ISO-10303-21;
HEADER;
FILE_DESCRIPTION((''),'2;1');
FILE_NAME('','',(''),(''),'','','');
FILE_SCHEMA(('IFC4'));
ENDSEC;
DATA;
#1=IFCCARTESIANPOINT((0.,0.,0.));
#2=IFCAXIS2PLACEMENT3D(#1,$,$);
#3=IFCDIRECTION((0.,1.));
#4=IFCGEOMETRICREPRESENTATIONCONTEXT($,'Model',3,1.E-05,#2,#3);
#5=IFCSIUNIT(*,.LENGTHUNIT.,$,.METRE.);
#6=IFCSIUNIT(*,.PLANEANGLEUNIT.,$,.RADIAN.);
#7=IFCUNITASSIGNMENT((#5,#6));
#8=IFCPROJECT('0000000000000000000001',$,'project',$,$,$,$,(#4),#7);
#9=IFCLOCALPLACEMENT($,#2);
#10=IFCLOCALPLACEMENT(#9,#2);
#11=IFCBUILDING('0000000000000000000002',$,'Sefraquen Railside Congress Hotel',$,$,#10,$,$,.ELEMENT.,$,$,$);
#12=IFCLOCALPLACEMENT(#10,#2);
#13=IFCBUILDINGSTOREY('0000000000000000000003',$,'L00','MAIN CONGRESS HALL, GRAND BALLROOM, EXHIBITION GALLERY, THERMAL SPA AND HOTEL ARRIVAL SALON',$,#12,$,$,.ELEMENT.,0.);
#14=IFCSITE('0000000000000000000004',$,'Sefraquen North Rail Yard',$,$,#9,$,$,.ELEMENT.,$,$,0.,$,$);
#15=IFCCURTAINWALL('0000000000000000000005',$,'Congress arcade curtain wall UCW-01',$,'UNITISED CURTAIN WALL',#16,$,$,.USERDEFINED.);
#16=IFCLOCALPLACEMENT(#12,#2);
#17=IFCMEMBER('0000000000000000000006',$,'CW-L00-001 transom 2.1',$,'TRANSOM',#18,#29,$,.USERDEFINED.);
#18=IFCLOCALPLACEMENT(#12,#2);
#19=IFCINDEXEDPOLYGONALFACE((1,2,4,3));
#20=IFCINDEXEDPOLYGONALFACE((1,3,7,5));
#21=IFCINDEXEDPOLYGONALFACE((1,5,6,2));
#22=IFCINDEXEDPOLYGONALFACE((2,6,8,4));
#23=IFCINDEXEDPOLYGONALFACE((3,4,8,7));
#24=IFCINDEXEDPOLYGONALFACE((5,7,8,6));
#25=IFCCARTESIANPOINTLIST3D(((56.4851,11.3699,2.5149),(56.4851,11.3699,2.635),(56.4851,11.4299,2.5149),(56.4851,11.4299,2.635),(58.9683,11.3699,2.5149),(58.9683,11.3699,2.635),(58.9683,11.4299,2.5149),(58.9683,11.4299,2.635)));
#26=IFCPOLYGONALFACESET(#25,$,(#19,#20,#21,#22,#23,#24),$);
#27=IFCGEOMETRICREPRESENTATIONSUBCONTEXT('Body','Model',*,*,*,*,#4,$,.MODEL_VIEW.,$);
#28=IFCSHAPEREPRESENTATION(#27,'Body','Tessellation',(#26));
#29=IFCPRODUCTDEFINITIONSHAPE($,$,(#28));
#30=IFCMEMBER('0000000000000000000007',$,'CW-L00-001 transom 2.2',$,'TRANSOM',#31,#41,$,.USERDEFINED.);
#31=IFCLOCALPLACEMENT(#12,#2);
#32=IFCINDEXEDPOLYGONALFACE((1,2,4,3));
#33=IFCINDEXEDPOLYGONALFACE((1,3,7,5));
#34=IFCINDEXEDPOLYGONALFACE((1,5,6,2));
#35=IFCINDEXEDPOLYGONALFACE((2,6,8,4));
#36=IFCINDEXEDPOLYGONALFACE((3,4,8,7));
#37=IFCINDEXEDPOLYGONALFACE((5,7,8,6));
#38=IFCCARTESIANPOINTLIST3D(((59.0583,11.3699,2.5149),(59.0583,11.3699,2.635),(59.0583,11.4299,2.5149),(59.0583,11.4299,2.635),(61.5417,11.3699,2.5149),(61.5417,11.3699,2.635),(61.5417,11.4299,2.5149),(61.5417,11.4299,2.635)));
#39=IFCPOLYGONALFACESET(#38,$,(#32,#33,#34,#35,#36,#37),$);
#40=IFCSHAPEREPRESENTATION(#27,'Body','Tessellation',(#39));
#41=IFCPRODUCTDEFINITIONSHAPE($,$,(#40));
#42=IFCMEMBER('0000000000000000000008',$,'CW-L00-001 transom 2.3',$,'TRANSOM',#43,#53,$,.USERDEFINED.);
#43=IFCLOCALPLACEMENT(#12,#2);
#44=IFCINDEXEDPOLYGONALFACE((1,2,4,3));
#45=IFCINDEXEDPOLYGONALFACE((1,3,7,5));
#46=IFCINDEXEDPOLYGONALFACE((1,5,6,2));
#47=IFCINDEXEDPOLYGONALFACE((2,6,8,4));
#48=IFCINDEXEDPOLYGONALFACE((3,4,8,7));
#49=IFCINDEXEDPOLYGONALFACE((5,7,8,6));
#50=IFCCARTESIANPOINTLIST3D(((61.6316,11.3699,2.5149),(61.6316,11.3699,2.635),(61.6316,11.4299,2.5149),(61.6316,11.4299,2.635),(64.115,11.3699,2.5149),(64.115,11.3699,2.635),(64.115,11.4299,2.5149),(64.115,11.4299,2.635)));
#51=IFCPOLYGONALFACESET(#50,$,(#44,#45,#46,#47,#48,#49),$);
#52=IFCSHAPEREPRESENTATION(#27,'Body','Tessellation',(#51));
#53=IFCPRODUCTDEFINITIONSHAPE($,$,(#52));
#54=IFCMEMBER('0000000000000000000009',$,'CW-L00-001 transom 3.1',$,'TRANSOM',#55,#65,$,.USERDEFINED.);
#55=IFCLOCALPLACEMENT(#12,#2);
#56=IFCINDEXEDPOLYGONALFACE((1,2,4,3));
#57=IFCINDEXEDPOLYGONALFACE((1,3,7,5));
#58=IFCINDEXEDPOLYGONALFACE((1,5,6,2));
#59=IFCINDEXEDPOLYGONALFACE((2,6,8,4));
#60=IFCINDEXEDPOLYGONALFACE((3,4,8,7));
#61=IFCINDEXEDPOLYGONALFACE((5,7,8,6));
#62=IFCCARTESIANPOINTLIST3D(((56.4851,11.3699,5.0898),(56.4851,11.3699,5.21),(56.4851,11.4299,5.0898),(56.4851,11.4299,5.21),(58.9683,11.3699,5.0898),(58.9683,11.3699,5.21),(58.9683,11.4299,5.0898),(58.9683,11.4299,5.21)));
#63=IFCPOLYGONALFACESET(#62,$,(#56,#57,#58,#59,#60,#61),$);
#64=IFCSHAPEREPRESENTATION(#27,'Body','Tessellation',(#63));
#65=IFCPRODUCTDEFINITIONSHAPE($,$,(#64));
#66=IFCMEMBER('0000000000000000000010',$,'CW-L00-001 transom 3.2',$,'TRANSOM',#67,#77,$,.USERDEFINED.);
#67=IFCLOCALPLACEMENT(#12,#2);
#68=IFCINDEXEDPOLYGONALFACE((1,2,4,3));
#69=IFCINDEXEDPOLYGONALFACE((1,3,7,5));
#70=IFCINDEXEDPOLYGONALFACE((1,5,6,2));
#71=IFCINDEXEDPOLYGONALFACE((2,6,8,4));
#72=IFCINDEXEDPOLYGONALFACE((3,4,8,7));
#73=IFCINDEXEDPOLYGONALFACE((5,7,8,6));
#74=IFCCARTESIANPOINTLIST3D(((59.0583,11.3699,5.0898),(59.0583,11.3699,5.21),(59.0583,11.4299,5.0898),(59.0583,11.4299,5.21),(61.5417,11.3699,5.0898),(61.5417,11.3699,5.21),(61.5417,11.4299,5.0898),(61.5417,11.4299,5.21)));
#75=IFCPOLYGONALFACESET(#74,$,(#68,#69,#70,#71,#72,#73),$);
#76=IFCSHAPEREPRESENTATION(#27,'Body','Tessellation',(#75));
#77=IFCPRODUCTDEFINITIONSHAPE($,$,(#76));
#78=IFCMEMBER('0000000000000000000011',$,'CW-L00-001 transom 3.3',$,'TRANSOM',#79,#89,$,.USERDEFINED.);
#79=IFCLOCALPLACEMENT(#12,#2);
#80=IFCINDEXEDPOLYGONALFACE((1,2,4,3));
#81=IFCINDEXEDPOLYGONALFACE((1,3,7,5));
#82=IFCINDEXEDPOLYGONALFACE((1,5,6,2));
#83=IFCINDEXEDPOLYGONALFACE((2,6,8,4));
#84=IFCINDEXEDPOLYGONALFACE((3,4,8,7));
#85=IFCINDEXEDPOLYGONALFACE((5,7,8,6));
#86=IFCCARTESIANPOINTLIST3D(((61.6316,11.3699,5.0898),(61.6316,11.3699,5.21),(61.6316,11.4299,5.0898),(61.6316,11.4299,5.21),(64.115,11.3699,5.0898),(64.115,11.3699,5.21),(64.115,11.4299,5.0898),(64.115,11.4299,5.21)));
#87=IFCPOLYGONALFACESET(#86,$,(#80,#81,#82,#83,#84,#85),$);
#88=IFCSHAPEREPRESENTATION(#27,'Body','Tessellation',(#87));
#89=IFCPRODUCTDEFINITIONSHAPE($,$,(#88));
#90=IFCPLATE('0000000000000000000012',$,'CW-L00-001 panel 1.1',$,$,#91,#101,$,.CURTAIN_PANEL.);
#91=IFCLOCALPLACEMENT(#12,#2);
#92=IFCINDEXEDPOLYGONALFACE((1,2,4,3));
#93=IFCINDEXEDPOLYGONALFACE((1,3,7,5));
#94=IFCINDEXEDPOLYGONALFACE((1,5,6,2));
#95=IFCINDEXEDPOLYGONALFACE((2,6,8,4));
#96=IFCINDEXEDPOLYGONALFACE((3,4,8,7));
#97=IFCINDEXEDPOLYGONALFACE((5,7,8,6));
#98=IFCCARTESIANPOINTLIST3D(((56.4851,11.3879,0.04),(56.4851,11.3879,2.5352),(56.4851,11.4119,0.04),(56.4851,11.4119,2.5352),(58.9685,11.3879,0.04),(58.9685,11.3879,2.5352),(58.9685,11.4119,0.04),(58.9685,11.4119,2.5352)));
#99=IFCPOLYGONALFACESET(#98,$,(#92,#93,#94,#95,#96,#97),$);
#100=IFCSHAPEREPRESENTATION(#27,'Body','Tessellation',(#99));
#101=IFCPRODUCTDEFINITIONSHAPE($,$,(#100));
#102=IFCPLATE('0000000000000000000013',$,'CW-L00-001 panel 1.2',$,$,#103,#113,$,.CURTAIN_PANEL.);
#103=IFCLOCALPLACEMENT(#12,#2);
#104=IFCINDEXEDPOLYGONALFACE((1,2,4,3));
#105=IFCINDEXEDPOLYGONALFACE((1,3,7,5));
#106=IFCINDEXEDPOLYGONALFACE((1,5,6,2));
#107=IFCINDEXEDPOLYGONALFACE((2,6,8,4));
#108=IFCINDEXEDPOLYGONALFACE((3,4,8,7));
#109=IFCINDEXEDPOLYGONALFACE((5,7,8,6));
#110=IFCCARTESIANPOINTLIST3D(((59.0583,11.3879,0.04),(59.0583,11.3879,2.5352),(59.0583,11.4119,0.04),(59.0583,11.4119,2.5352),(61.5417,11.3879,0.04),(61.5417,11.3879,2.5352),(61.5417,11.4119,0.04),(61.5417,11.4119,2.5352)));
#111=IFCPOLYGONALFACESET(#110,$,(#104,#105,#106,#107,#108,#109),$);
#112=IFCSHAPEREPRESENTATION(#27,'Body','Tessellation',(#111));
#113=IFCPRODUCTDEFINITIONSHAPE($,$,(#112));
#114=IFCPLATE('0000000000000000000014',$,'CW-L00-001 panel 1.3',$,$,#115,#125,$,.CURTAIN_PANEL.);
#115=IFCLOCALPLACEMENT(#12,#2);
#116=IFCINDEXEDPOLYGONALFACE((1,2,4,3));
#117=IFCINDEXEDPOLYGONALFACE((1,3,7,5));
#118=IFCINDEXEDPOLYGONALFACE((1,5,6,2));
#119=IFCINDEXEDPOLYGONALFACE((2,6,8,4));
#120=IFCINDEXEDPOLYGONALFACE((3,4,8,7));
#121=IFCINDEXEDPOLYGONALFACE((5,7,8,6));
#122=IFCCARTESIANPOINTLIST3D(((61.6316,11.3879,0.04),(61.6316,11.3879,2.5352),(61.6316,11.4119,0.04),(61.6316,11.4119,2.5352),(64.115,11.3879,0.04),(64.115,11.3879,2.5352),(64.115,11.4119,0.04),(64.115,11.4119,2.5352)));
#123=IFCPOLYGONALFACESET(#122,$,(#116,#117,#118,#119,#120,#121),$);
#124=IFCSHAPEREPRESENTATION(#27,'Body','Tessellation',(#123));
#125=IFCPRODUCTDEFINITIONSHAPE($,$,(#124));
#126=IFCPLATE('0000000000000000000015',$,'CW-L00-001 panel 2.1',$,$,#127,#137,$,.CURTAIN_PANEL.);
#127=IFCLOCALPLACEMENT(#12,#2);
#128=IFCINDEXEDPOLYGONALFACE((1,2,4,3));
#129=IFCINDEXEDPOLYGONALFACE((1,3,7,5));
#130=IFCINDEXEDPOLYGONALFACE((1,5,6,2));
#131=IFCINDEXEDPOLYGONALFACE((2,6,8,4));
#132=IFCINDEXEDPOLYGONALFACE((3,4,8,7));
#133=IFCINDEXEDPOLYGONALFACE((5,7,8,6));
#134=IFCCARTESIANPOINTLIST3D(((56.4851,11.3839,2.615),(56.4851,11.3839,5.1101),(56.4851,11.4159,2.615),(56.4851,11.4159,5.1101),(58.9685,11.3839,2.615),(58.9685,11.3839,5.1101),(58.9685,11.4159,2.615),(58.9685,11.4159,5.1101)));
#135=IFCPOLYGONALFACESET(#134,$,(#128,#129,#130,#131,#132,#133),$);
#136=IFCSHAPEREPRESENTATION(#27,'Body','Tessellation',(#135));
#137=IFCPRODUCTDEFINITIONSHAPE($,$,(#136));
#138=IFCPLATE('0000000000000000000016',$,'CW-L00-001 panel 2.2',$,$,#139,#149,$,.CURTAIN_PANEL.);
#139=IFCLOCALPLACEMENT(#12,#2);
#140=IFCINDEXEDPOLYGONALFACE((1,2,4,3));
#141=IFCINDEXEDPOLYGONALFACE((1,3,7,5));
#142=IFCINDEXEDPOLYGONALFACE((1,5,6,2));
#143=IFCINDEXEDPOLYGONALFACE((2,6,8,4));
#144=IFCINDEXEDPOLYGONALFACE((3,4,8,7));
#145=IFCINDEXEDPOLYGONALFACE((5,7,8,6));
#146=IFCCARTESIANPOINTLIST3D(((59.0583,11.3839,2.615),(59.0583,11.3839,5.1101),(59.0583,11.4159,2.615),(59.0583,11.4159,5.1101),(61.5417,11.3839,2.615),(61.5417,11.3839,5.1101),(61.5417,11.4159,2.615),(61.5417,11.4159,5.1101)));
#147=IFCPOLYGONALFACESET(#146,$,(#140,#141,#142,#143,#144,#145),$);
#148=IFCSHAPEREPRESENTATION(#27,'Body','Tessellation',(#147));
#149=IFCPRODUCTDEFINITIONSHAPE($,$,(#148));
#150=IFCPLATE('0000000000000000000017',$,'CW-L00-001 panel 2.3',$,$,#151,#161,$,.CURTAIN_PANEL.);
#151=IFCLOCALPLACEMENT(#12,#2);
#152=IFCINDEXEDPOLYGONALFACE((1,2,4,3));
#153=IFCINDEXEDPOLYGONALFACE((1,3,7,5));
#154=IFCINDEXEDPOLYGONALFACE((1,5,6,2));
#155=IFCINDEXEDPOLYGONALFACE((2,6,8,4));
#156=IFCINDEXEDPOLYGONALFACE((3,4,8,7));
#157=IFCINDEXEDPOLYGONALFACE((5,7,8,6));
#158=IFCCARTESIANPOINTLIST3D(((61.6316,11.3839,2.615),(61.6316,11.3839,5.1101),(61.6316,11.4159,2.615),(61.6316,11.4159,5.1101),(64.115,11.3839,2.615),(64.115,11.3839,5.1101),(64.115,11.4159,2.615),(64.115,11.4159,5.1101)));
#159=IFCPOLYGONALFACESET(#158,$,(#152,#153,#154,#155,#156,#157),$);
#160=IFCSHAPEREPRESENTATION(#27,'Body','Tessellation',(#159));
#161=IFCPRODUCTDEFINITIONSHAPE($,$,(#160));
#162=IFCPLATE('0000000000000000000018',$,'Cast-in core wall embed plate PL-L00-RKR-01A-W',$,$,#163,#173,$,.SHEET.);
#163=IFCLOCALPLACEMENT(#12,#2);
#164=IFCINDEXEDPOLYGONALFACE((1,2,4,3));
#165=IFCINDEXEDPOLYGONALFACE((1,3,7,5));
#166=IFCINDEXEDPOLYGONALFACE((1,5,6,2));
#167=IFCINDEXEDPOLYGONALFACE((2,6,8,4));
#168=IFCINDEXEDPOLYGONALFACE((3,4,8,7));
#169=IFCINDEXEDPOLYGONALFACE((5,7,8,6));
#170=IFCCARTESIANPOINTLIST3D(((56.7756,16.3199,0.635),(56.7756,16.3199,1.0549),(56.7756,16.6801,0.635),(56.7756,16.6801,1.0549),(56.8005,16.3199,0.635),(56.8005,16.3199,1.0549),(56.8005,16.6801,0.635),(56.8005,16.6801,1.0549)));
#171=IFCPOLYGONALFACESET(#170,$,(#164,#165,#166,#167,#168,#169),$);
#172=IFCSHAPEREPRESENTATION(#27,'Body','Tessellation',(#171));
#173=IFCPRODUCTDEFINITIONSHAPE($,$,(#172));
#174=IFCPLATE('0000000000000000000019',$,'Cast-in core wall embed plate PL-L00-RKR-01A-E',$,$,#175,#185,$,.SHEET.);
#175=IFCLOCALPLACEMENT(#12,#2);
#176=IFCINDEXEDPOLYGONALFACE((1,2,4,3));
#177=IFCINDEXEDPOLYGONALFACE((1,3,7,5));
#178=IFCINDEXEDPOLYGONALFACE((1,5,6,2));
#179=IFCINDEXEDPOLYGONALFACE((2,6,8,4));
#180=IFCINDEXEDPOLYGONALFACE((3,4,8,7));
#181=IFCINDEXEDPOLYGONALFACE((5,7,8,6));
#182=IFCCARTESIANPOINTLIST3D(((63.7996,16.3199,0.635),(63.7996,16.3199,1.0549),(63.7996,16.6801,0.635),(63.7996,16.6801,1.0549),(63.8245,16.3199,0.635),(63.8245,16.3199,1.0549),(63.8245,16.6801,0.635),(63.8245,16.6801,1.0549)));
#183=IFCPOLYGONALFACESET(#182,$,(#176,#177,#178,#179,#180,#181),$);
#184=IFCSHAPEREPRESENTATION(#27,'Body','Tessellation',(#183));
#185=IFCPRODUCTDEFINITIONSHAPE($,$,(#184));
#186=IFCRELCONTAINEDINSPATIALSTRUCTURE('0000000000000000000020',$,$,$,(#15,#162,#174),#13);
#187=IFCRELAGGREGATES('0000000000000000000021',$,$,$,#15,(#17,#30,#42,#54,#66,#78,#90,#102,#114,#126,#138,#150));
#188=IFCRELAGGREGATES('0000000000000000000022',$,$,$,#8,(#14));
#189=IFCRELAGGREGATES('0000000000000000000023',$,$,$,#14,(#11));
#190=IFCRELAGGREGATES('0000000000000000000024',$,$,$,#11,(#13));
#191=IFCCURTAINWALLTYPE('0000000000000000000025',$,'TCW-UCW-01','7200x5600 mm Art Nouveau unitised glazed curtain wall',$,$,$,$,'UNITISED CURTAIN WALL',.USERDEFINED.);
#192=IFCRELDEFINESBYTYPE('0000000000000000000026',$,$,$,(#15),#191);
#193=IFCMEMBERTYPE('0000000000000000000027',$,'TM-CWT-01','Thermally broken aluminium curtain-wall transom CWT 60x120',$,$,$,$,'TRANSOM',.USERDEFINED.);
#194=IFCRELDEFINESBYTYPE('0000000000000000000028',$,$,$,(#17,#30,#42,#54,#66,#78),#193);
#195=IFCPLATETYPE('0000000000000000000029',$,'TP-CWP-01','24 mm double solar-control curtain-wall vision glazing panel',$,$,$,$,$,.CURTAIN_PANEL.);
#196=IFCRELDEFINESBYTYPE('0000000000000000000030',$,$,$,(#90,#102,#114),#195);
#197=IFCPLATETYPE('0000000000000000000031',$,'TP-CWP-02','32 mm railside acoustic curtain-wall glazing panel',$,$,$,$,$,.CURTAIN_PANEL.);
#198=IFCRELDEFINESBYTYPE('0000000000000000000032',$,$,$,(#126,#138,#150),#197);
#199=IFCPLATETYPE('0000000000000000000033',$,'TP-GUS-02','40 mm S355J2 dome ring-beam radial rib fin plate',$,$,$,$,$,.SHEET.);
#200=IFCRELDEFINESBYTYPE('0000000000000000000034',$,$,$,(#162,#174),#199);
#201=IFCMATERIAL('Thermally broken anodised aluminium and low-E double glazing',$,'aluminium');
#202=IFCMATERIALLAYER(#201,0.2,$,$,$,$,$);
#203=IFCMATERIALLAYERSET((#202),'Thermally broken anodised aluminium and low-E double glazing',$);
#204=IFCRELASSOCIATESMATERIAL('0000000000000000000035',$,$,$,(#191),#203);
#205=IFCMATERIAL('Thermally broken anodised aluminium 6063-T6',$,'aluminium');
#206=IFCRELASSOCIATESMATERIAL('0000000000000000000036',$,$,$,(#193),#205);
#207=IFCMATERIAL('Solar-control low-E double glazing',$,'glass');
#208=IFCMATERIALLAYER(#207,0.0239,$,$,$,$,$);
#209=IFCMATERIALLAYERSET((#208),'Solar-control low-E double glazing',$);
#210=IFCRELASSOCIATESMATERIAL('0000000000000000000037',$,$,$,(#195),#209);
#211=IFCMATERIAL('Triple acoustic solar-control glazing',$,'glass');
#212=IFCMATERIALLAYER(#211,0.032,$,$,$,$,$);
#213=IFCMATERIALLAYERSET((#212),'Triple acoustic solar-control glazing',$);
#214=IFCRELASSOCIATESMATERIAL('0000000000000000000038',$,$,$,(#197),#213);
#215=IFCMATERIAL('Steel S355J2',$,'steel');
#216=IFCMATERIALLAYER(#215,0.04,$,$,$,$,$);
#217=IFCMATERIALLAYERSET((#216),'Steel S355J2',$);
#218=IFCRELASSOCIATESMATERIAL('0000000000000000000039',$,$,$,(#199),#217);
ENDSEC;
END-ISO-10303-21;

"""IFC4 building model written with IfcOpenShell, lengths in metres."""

from ifc_helpers import new_model, si_unit, direction, frame, origin, origin_2d, place, context, subcontext, project, spatial, rectangle, extrude, material, layer, layer_set, material_profile, profile_set, type_object, element, aggregate, save


model = new_model("IFC4")

# Units and contexts
model_context = context("Model", 3, precision=1e-05, world=origin(), true_north=direction((0.0, 1.0)))
body_context = subcontext(model_context, "Body", "Model", "MODEL_VIEW")
ifc_project = project(units=[si_unit("LENGTHUNIT", "METRE"), si_unit("PLANEANGLEUNIT", "RADIAN")], contexts=[model_context])

# Site, building, storey
site_placement = place(None, origin())
site = spatial("IfcSite", under=ifc_project, at=site_placement, Name="Sefraquen North Rail Yard", CompositionType="ELEMENT", RefElevation=0.0)
building_placement = place(site_placement, origin())
building = spatial("IfcBuilding", under=site, at=building_placement, Name="Sefraquen Railside Congress Hotel", CompositionType="ELEMENT")
storey_placement = place(building_placement, origin())
storey = spatial("IfcBuildingStorey", under=building, at=storey_placement, Name="L00", Description="MAIN CONGRESS HALL, GRAND BALLROOM, EXHIBITION GALLERY, THERMAL SPA AND HOTEL ARRIVAL SALON", CompositionType="ELEMENT", Elevation=0.0)

# Curtain wall, members, plates
ifc_material_1 = material(Name="Thermally broken anodised aluminium and low-E double glazing", Category="aluminium")
ifc_layer_1 = layer(ifc_material_1, 0.2)
ifc_layer_set_1 = layer_set([ifc_layer_1], Name="Thermally broken anodised aluminium and low-E double glazing")
curtain_wall_type = type_object("IfcCurtainWallType", Name="TCW-UCW-01", Description="7200x5600 mm Art Nouveau unitised glazed curtain wall", ElementType="UNITISED CURTAIN WALL", PredefinedType="USERDEFINED", material=ifc_layer_set_1)
curtain_wall_placement = place(storey_placement, origin())
curtain_wall = element("IfcCurtainWall", 1, at=curtain_wall_placement, inside=storey, type_object=curtain_wall_type, Name="Congress arcade curtain wall UCW-01", ObjectType="UNITISED CURTAIN WALL", PredefinedType="USERDEFINED")
ifc_material_2 = material(Name="Thermally broken anodised aluminium 6063-T6", Category="aluminium")
ifc_material_profile_1 = material_profile(ifc_material_2, rectangle(XDim=0.0601, YDim=0.1201, at=origin_2d()), Name="CWT 60x120")
ifc_profile_set_1 = profile_set([ifc_material_profile_1], Name="Thermally broken anodised aluminium 6063-T6")
member_type_1 = type_object("IfcMemberType", Name="TM-CWT-01", Description="Thermally broken aluminium curtain-wall transom CWT 60x120", ElementType="TRANSOM", PredefinedType="USERDEFINED", material=ifc_profile_set_1)
member_1_placement = place(storey_placement, frame((56.4851, 11.3999, 2.575), z_axis=(1.0, 0.0, 0.0), x_axis=(0.0, 1.0, 0.0)))
member_1 = element("IfcMember", 2, at=member_1_placement, type_object=member_type_1, Name="CW-L00-001 transom 2.1", ObjectType="TRANSOM", PredefinedType="USERDEFINED", context=body_context, shape_type="SweptSolid", body=[
    extrude(rectangle(XDim=0.0601, YDim=0.1201, at=origin_2d()), origin(), (0.0, 0.0, 1.0), 2.4832),
])
member_2_placement = place(storey_placement, frame((59.0583, 11.3999, 2.575), z_axis=(1.0, 0.0, 0.0), x_axis=(0.0, 1.0, 0.0)))
member_2 = element("IfcMember", 3, at=member_2_placement, type_object=member_type_1, Name="CW-L00-001 transom 2.2", ObjectType="TRANSOM", PredefinedType="USERDEFINED", context=body_context, shape_type="SweptSolid", body=[
    extrude(rectangle(XDim=0.0601, YDim=0.1201, at=origin_2d()), origin(), (0.0, 0.0, 1.0), 2.4834),
])
member_3_placement = place(storey_placement, frame((61.6316, 11.3999, 2.575), z_axis=(1.0, 0.0, 0.0), x_axis=(0.0, 1.0, 0.0)))
member_3 = element("IfcMember", 4, at=member_3_placement, type_object=member_type_1, Name="CW-L00-001 transom 2.3", ObjectType="TRANSOM", PredefinedType="USERDEFINED", context=body_context, shape_type="SweptSolid", body=[
    extrude(rectangle(XDim=0.0601, YDim=0.1201, at=origin_2d()), origin(), (0.0, 0.0, 1.0), 2.4834),
])
member_4_placement = place(storey_placement, frame((56.4851, 11.3999, 5.1499), z_axis=(1.0, 0.0, 0.0), x_axis=(0.0, 1.0, 0.0)))
member_4 = element("IfcMember", 5, at=member_4_placement, type_object=member_type_1, Name="CW-L00-001 transom 3.1", ObjectType="TRANSOM", PredefinedType="USERDEFINED", context=body_context, shape_type="SweptSolid", body=[
    extrude(rectangle(XDim=0.0601, YDim=0.1201, at=origin_2d()), origin(), (0.0, 0.0, 1.0), 2.4832),
])
member_5_placement = place(storey_placement, frame((59.0583, 11.3999, 5.1499), z_axis=(1.0, 0.0, 0.0), x_axis=(0.0, 1.0, 0.0)))
member_5 = element("IfcMember", 6, at=member_5_placement, type_object=member_type_1, Name="CW-L00-001 transom 3.2", ObjectType="TRANSOM", PredefinedType="USERDEFINED", context=body_context, shape_type="SweptSolid", body=[
    extrude(rectangle(XDim=0.0601, YDim=0.1201, at=origin_2d()), origin(), (0.0, 0.0, 1.0), 2.4834),
])
member_6_placement = place(storey_placement, frame((61.6316, 11.3999, 5.1499), z_axis=(1.0, 0.0, 0.0), x_axis=(0.0, 1.0, 0.0)))
member_6 = element("IfcMember", 7, at=member_6_placement, type_object=member_type_1, Name="CW-L00-001 transom 3.3", ObjectType="TRANSOM", PredefinedType="USERDEFINED", context=body_context, shape_type="SweptSolid", body=[
    extrude(rectangle(XDim=0.0601, YDim=0.1201, at=origin_2d()), origin(), (0.0, 0.0, 1.0), 2.4834),
])
ifc_material_3 = material(Name="Solar-control low-E double glazing", Category="glass")
ifc_layer_2 = layer(ifc_material_3, 0.0239)
ifc_layer_set_2 = layer_set([ifc_layer_2], Name="Solar-control low-E double glazing")
plate_type_1 = type_object("IfcPlateType", Name="TP-CWP-01", Description="24 mm double solar-control curtain-wall vision glazing panel", PredefinedType="CURTAIN_PANEL", material=ifc_layer_set_2)
plate_1_placement = place(storey_placement, frame((57.7268, 11.3999, 0.04), z_axis=(0.0, 0.0, 1.0), x_axis=(1.0, 0.0, 0.0)))
plate_1 = element("IfcPlate", 8, at=plate_1_placement, type_object=plate_type_1, Name="CW-L00-001 panel 1.1", PredefinedType="CURTAIN_PANEL", context=body_context, shape_type="SweptSolid", body=[
    extrude(rectangle(XDim=2.4834, YDim=0.0239, at=origin_2d()), origin(), (0.0, 0.0, 1.0), 2.4951),
])
plate_2_placement = place(storey_placement, frame((60.3, 11.3999, 0.04), z_axis=(0.0, 0.0, 1.0), x_axis=(1.0, 0.0, 0.0)))
plate_2 = element("IfcPlate", 9, at=plate_2_placement, type_object=plate_type_1, Name="CW-L00-001 panel 1.2", PredefinedType="CURTAIN_PANEL", context=body_context, shape_type="SweptSolid", body=[
    extrude(rectangle(XDim=2.4834, YDim=0.0239, at=origin_2d()), origin(), (0.0, 0.0, 1.0), 2.4951),
])
plate_3_placement = place(storey_placement, frame((62.8733, 11.3999, 0.04), z_axis=(0.0, 0.0, 1.0), x_axis=(1.0, 0.0, 0.0)))
plate_3 = element("IfcPlate", 10, at=plate_3_placement, type_object=plate_type_1, Name="CW-L00-001 panel 1.3", PredefinedType="CURTAIN_PANEL", context=body_context, shape_type="SweptSolid", body=[
    extrude(rectangle(XDim=2.4834, YDim=0.0239, at=origin_2d()), origin(), (0.0, 0.0, 1.0), 2.4951),
])
ifc_material_4 = material(Name="Triple acoustic solar-control glazing", Category="glass")
ifc_layer_3 = layer(ifc_material_4, 0.032)
ifc_layer_set_3 = layer_set([ifc_layer_3], Name="Triple acoustic solar-control glazing")
plate_type_2 = type_object("IfcPlateType", Name="TP-CWP-02", Description="32 mm railside acoustic curtain-wall glazing panel", PredefinedType="CURTAIN_PANEL", material=ifc_layer_set_3)
plate_4_placement = place(storey_placement, frame((57.7268, 11.3999, 2.615), z_axis=(0.0, 0.0, 1.0), x_axis=(1.0, 0.0, 0.0)))
plate_4 = element("IfcPlate", 11, at=plate_4_placement, type_object=plate_type_2, Name="CW-L00-001 panel 2.1", PredefinedType="CURTAIN_PANEL", context=body_context, shape_type="SweptSolid", body=[
    extrude(rectangle(XDim=2.4834, YDim=0.032, at=origin_2d()), origin(), (0.0, 0.0, 1.0), 2.4951),
])
plate_5_placement = place(storey_placement, frame((60.3, 11.3999, 2.615), z_axis=(0.0, 0.0, 1.0), x_axis=(1.0, 0.0, 0.0)))
plate_5 = element("IfcPlate", 12, at=plate_5_placement, type_object=plate_type_2, Name="CW-L00-001 panel 2.2", PredefinedType="CURTAIN_PANEL", context=body_context, shape_type="SweptSolid", body=[
    extrude(rectangle(XDim=2.4834, YDim=0.032, at=origin_2d()), origin(), (0.0, 0.0, 1.0), 2.4951),
])
plate_6_placement = place(storey_placement, frame((62.8733, 11.3999, 2.615), z_axis=(0.0, 0.0, 1.0), x_axis=(1.0, 0.0, 0.0)))
plate_6 = element("IfcPlate", 13, at=plate_6_placement, type_object=plate_type_2, Name="CW-L00-001 panel 2.3", PredefinedType="CURTAIN_PANEL", context=body_context, shape_type="SweptSolid", body=[
    extrude(rectangle(XDim=2.4834, YDim=0.032, at=origin_2d()), origin(), (0.0, 0.0, 1.0), 2.4951),
])
aggregate(curtain_wall, [member_1, member_2, member_3, member_4, member_5, member_6, plate_1, plate_2, plate_3, plate_4, plate_5, plate_6])

# Plates
ifc_material_5 = material(Name="Steel S355J2", Category="steel")
ifc_layer_4 = layer(ifc_material_5, 0.04)
ifc_layer_set_4 = layer_set([ifc_layer_4], Name="Steel S355J2")
plate_type_3 = type_object("IfcPlateType", Name="TP-GUS-02", Description="40 mm S355J2 dome ring-beam radial rib fin plate", PredefinedType="SHEET", material=ifc_layer_set_4)
for number, where, z_axis, x_axis, name in (
    (14, (56.7881, 16.5, 0.635), (0.0, 0.0, 1.0), (1.0, 0.0, 0.0), "Cast-in core wall embed plate PL-L00-RKR-01A-W"),
    (15, (63.812, 16.5, 0.635), (0.0, 0.0, 1.0), (1.0, 0.0, 0.0), "Cast-in core wall embed plate PL-L00-RKR-01A-E"),
):
    element("IfcPlate", number, at=place(storey_placement, frame(where, z_axis=z_axis, x_axis=x_axis)), inside=storey, type_object=plate_type_3, Name=name, PredefinedType="SHEET", context=body_context, shape_type="SweptSolid", body=[
        extrude(rectangle(XDim=0.0249, YDim=0.3601, at=origin_2d()), origin(), (0.0, 0.0, 1.0), 0.4199),
    ])

save(model, "model.ifc")
